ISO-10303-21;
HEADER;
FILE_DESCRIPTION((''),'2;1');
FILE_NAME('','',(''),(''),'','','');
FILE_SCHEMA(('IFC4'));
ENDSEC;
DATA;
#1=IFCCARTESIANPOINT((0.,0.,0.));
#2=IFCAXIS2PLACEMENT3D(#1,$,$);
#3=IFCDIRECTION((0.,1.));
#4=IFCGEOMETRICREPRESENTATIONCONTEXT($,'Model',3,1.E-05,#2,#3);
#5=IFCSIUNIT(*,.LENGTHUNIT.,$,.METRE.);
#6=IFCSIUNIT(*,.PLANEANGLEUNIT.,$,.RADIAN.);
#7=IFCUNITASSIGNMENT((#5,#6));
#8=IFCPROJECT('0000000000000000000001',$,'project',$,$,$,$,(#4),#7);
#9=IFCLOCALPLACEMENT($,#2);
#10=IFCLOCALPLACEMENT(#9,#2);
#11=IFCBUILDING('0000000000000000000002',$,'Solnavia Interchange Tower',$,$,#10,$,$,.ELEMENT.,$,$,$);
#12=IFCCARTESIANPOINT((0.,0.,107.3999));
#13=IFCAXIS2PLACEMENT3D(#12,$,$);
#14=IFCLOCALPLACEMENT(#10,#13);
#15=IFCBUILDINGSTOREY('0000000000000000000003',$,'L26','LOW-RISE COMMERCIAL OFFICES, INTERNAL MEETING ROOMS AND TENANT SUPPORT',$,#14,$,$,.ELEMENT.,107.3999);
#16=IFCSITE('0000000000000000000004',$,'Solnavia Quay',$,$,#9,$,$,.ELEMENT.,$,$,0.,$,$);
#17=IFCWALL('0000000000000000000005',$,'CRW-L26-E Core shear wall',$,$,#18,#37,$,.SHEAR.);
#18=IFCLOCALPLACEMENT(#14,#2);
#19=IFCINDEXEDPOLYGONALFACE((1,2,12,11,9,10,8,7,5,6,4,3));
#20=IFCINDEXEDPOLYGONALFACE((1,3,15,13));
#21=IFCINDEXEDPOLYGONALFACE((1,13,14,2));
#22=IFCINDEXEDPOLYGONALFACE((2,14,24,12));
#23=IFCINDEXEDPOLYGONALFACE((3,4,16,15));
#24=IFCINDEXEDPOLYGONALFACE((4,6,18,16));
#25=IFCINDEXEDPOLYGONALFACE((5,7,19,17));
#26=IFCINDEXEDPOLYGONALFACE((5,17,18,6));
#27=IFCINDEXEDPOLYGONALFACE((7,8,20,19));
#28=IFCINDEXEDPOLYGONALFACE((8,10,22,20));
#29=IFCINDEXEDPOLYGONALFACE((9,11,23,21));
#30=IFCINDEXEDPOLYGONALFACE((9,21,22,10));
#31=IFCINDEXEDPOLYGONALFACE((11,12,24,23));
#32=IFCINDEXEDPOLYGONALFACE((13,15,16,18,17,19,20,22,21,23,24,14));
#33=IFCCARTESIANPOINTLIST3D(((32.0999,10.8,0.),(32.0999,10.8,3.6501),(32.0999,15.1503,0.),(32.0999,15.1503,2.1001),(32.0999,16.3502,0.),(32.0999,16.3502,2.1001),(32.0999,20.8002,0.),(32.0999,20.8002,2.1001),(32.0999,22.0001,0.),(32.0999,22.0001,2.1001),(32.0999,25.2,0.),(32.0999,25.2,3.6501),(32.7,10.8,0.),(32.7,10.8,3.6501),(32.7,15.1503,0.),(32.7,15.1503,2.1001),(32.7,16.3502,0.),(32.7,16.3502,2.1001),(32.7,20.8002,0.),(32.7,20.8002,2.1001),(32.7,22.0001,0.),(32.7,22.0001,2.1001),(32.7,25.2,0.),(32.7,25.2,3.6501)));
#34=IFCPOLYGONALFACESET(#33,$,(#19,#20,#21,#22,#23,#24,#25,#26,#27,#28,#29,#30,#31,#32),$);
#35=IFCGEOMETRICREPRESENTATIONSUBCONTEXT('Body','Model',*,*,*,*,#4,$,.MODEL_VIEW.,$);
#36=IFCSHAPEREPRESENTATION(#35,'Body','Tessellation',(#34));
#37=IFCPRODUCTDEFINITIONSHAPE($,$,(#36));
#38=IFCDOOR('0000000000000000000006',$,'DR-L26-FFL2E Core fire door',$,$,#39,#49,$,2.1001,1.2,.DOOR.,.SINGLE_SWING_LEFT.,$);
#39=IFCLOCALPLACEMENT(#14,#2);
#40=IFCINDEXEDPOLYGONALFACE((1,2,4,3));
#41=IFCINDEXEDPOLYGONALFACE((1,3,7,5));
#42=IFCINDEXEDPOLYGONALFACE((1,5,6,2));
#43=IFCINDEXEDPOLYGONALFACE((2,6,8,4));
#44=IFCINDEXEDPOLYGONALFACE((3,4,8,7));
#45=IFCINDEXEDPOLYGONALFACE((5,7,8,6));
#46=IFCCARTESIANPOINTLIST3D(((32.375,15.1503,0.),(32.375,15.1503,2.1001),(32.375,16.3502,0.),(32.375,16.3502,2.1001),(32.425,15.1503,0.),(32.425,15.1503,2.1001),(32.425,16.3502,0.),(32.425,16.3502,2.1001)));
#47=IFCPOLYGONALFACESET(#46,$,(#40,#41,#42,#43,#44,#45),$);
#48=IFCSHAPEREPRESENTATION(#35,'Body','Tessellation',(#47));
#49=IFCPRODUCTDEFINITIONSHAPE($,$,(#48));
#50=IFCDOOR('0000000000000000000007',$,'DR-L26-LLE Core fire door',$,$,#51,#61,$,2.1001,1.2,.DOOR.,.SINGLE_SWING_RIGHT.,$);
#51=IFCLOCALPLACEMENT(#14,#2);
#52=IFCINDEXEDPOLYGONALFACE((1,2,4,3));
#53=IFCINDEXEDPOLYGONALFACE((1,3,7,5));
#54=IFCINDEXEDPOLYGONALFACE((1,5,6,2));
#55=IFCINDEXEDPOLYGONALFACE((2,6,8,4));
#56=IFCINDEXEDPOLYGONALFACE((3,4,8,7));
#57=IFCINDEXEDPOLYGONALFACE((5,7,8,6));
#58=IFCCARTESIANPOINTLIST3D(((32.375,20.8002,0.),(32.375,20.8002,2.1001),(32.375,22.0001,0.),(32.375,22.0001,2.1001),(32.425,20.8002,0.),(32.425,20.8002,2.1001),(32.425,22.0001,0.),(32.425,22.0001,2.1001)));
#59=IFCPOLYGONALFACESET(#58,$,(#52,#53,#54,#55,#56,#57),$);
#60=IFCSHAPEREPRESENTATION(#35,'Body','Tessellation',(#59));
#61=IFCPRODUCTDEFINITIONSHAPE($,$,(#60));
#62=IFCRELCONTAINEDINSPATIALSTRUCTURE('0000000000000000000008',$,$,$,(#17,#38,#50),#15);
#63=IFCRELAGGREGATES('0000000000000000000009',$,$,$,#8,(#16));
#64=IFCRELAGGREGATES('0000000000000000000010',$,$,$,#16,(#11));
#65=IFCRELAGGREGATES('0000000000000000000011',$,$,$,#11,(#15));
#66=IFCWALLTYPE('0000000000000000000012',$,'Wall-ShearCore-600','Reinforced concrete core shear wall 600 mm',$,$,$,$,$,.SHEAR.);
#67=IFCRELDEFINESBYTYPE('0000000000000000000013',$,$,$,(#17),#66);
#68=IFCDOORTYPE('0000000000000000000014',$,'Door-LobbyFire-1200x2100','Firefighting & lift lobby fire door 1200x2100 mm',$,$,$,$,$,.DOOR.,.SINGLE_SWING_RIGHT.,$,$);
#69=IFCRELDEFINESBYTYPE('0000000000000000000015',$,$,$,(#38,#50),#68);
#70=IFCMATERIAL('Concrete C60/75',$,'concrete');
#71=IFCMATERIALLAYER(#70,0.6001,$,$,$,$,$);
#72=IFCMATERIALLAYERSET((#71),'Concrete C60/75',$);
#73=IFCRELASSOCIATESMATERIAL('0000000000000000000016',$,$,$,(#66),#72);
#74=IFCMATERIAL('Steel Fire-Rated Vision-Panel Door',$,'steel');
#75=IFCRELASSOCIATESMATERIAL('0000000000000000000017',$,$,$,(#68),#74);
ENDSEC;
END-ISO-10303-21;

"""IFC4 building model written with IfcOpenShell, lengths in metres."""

from ifc_helpers import new_model, si_unit, direction, frame, frame_2d, origin, place, context, subcontext, project, spatial, rectangle, extrude, material, layer, layer_set, type_object, element, fill, save


model = new_model("IFC4")

# Units and contexts
model_context = context("Model", 3, precision=1e-05, world=origin(), true_north=direction((0.0, 1.0)))
body_context = subcontext(model_context, "Body", "Model", "MODEL_VIEW")
ifc_project = project(units=[si_unit("LENGTHUNIT", "METRE"), si_unit("PLANEANGLEUNIT", "RADIAN")], contexts=[model_context])

# Site, building, storey
site_placement = place(None, origin())
site = spatial("IfcSite", under=ifc_project, at=site_placement, Name="Solnavia Quay", CompositionType="ELEMENT", RefElevation=0.0)
building_placement = place(site_placement, origin())
building = spatial("IfcBuilding", under=site, at=building_placement, Name="Solnavia Interchange Tower", CompositionType="ELEMENT")
storey_placement = place(building_placement, frame((0.0, 0.0, 107.3999)))
storey = spatial("IfcBuildingStorey", under=building, at=storey_placement, Name="L26", Description="LOW-RISE COMMERCIAL OFFICES, INTERNAL MEETING ROOMS AND TENANT SUPPORT", CompositionType="ELEMENT", Elevation=107.3999)

# Wall, openings, doors
ifc_material_1 = material(Name="Concrete C60/75", Category="concrete")
ifc_layer_1 = layer(ifc_material_1, 0.6001)
ifc_layer_set_1 = layer_set([ifc_layer_1], Name="Concrete C60/75")
wall_type_1 = type_object("IfcWallType", Name="Wall-ShearCore-600", Description="Reinforced concrete core shear wall 600 mm", PredefinedType="SHEAR", material=ifc_layer_set_1)
wall_1_placement = place(storey_placement, frame((32.3999, 10.8, 0.0), z_axis=(0.0, 0.0, 1.0), x_axis=(0.0, 1.0, 0.0)))
wall_1 = element("IfcWall", 1, at=wall_1_placement, inside=storey, type_object=wall_type_1, Name="CRW-L26-E Core shear wall", PredefinedType="SHEAR", context=body_context, shape_type="SweptSolid", body=[
    extrude(rectangle(XDim=14.3999, YDim=0.6001, at=frame_2d((7.2, 0.0))), origin(), (0.0, 0.0, 1.0), 3.6501),
])
opening_1_placement = place(wall_1_placement, frame((4.3501, 0.0, 0.0)))
opening_1 = element("IfcOpeningElement", 2, at=opening_1_placement, cuts=wall_1, PredefinedType="OPENING", context=body_context, shape_type="SweptSolid", body=[
    extrude(rectangle(XDim=1.2, YDim=2.1001, at=frame_2d((0.6001, 1.05))), frame((0.0, 0.3101, 0.0), z_axis=(0.0, -1.0, 0.0), x_axis=(1.0, 0.0, 0.0)), (0.0, 0.0, 1.0), 0.6201),
])
opening_2_placement = place(wall_1_placement, frame((10.0, 0.0, 0.0)))
opening_2 = element("IfcOpeningElement", 3, at=opening_2_placement, cuts=wall_1, PredefinedType="OPENING", context=body_context, shape_type="SweptSolid", body=[
    extrude(rectangle(XDim=1.2, YDim=2.1001, at=frame_2d((0.6001, 1.05))), frame((0.0, 0.3101, 0.0), z_axis=(0.0, -1.0, 0.0), x_axis=(1.0, 0.0, 0.0)), (0.0, 0.0, 1.0), 0.6201),
])
ifc_material_2 = material(Name="Steel Fire-Rated Vision-Panel Door", Category="steel")
door_type = type_object("IfcDoorType", Name="Door-LobbyFire-1200x2100", Description="Firefighting & lift lobby fire door 1200x2100 mm", OperationType="SINGLE_SWING_RIGHT", PredefinedType="DOOR", material=ifc_material_2)
door_1_placement = place(opening_1_placement, origin())
door_1 = element("IfcDoor", 4, at=door_1_placement, inside=storey, type_object=door_type, Name="DR-L26-FFL2E Core fire door", OperationType="SINGLE_SWING_LEFT", OverallHeight=2.1001, OverallWidth=1.2, PredefinedType="DOOR", context=body_context, shape_type="SweptSolid", body=[
    extrude(rectangle(XDim=1.2, YDim=2.1001, at=frame_2d((0.6001, 1.05))), frame((0.0, 0.0249, 0.0), z_axis=(0.0, -1.0, 0.0), x_axis=(1.0, 0.0, 0.0)), (0.0, 0.0, 1.0), 0.05),
])
fill(opening_1, door_1)
door_2_placement = place(opening_2_placement, origin())
door_2 = element("IfcDoor", 5, at=door_2_placement, inside=storey, type_object=door_type, Name="DR-L26-LLE Core fire door", OperationType="SINGLE_SWING_RIGHT", OverallHeight=2.1001, OverallWidth=1.2, PredefinedType="DOOR", context=body_context, shape_type="SweptSolid", body=[
    extrude(rectangle(XDim=1.2, YDim=2.1001, at=frame_2d((0.6001, 1.05))), frame((0.0, 0.0249, 0.0), z_axis=(0.0, -1.0, 0.0), x_axis=(1.0, 0.0, 0.0)), (0.0, 0.0, 1.0), 0.05),
])
fill(opening_2, door_2)

save(model, "model.ifc")
